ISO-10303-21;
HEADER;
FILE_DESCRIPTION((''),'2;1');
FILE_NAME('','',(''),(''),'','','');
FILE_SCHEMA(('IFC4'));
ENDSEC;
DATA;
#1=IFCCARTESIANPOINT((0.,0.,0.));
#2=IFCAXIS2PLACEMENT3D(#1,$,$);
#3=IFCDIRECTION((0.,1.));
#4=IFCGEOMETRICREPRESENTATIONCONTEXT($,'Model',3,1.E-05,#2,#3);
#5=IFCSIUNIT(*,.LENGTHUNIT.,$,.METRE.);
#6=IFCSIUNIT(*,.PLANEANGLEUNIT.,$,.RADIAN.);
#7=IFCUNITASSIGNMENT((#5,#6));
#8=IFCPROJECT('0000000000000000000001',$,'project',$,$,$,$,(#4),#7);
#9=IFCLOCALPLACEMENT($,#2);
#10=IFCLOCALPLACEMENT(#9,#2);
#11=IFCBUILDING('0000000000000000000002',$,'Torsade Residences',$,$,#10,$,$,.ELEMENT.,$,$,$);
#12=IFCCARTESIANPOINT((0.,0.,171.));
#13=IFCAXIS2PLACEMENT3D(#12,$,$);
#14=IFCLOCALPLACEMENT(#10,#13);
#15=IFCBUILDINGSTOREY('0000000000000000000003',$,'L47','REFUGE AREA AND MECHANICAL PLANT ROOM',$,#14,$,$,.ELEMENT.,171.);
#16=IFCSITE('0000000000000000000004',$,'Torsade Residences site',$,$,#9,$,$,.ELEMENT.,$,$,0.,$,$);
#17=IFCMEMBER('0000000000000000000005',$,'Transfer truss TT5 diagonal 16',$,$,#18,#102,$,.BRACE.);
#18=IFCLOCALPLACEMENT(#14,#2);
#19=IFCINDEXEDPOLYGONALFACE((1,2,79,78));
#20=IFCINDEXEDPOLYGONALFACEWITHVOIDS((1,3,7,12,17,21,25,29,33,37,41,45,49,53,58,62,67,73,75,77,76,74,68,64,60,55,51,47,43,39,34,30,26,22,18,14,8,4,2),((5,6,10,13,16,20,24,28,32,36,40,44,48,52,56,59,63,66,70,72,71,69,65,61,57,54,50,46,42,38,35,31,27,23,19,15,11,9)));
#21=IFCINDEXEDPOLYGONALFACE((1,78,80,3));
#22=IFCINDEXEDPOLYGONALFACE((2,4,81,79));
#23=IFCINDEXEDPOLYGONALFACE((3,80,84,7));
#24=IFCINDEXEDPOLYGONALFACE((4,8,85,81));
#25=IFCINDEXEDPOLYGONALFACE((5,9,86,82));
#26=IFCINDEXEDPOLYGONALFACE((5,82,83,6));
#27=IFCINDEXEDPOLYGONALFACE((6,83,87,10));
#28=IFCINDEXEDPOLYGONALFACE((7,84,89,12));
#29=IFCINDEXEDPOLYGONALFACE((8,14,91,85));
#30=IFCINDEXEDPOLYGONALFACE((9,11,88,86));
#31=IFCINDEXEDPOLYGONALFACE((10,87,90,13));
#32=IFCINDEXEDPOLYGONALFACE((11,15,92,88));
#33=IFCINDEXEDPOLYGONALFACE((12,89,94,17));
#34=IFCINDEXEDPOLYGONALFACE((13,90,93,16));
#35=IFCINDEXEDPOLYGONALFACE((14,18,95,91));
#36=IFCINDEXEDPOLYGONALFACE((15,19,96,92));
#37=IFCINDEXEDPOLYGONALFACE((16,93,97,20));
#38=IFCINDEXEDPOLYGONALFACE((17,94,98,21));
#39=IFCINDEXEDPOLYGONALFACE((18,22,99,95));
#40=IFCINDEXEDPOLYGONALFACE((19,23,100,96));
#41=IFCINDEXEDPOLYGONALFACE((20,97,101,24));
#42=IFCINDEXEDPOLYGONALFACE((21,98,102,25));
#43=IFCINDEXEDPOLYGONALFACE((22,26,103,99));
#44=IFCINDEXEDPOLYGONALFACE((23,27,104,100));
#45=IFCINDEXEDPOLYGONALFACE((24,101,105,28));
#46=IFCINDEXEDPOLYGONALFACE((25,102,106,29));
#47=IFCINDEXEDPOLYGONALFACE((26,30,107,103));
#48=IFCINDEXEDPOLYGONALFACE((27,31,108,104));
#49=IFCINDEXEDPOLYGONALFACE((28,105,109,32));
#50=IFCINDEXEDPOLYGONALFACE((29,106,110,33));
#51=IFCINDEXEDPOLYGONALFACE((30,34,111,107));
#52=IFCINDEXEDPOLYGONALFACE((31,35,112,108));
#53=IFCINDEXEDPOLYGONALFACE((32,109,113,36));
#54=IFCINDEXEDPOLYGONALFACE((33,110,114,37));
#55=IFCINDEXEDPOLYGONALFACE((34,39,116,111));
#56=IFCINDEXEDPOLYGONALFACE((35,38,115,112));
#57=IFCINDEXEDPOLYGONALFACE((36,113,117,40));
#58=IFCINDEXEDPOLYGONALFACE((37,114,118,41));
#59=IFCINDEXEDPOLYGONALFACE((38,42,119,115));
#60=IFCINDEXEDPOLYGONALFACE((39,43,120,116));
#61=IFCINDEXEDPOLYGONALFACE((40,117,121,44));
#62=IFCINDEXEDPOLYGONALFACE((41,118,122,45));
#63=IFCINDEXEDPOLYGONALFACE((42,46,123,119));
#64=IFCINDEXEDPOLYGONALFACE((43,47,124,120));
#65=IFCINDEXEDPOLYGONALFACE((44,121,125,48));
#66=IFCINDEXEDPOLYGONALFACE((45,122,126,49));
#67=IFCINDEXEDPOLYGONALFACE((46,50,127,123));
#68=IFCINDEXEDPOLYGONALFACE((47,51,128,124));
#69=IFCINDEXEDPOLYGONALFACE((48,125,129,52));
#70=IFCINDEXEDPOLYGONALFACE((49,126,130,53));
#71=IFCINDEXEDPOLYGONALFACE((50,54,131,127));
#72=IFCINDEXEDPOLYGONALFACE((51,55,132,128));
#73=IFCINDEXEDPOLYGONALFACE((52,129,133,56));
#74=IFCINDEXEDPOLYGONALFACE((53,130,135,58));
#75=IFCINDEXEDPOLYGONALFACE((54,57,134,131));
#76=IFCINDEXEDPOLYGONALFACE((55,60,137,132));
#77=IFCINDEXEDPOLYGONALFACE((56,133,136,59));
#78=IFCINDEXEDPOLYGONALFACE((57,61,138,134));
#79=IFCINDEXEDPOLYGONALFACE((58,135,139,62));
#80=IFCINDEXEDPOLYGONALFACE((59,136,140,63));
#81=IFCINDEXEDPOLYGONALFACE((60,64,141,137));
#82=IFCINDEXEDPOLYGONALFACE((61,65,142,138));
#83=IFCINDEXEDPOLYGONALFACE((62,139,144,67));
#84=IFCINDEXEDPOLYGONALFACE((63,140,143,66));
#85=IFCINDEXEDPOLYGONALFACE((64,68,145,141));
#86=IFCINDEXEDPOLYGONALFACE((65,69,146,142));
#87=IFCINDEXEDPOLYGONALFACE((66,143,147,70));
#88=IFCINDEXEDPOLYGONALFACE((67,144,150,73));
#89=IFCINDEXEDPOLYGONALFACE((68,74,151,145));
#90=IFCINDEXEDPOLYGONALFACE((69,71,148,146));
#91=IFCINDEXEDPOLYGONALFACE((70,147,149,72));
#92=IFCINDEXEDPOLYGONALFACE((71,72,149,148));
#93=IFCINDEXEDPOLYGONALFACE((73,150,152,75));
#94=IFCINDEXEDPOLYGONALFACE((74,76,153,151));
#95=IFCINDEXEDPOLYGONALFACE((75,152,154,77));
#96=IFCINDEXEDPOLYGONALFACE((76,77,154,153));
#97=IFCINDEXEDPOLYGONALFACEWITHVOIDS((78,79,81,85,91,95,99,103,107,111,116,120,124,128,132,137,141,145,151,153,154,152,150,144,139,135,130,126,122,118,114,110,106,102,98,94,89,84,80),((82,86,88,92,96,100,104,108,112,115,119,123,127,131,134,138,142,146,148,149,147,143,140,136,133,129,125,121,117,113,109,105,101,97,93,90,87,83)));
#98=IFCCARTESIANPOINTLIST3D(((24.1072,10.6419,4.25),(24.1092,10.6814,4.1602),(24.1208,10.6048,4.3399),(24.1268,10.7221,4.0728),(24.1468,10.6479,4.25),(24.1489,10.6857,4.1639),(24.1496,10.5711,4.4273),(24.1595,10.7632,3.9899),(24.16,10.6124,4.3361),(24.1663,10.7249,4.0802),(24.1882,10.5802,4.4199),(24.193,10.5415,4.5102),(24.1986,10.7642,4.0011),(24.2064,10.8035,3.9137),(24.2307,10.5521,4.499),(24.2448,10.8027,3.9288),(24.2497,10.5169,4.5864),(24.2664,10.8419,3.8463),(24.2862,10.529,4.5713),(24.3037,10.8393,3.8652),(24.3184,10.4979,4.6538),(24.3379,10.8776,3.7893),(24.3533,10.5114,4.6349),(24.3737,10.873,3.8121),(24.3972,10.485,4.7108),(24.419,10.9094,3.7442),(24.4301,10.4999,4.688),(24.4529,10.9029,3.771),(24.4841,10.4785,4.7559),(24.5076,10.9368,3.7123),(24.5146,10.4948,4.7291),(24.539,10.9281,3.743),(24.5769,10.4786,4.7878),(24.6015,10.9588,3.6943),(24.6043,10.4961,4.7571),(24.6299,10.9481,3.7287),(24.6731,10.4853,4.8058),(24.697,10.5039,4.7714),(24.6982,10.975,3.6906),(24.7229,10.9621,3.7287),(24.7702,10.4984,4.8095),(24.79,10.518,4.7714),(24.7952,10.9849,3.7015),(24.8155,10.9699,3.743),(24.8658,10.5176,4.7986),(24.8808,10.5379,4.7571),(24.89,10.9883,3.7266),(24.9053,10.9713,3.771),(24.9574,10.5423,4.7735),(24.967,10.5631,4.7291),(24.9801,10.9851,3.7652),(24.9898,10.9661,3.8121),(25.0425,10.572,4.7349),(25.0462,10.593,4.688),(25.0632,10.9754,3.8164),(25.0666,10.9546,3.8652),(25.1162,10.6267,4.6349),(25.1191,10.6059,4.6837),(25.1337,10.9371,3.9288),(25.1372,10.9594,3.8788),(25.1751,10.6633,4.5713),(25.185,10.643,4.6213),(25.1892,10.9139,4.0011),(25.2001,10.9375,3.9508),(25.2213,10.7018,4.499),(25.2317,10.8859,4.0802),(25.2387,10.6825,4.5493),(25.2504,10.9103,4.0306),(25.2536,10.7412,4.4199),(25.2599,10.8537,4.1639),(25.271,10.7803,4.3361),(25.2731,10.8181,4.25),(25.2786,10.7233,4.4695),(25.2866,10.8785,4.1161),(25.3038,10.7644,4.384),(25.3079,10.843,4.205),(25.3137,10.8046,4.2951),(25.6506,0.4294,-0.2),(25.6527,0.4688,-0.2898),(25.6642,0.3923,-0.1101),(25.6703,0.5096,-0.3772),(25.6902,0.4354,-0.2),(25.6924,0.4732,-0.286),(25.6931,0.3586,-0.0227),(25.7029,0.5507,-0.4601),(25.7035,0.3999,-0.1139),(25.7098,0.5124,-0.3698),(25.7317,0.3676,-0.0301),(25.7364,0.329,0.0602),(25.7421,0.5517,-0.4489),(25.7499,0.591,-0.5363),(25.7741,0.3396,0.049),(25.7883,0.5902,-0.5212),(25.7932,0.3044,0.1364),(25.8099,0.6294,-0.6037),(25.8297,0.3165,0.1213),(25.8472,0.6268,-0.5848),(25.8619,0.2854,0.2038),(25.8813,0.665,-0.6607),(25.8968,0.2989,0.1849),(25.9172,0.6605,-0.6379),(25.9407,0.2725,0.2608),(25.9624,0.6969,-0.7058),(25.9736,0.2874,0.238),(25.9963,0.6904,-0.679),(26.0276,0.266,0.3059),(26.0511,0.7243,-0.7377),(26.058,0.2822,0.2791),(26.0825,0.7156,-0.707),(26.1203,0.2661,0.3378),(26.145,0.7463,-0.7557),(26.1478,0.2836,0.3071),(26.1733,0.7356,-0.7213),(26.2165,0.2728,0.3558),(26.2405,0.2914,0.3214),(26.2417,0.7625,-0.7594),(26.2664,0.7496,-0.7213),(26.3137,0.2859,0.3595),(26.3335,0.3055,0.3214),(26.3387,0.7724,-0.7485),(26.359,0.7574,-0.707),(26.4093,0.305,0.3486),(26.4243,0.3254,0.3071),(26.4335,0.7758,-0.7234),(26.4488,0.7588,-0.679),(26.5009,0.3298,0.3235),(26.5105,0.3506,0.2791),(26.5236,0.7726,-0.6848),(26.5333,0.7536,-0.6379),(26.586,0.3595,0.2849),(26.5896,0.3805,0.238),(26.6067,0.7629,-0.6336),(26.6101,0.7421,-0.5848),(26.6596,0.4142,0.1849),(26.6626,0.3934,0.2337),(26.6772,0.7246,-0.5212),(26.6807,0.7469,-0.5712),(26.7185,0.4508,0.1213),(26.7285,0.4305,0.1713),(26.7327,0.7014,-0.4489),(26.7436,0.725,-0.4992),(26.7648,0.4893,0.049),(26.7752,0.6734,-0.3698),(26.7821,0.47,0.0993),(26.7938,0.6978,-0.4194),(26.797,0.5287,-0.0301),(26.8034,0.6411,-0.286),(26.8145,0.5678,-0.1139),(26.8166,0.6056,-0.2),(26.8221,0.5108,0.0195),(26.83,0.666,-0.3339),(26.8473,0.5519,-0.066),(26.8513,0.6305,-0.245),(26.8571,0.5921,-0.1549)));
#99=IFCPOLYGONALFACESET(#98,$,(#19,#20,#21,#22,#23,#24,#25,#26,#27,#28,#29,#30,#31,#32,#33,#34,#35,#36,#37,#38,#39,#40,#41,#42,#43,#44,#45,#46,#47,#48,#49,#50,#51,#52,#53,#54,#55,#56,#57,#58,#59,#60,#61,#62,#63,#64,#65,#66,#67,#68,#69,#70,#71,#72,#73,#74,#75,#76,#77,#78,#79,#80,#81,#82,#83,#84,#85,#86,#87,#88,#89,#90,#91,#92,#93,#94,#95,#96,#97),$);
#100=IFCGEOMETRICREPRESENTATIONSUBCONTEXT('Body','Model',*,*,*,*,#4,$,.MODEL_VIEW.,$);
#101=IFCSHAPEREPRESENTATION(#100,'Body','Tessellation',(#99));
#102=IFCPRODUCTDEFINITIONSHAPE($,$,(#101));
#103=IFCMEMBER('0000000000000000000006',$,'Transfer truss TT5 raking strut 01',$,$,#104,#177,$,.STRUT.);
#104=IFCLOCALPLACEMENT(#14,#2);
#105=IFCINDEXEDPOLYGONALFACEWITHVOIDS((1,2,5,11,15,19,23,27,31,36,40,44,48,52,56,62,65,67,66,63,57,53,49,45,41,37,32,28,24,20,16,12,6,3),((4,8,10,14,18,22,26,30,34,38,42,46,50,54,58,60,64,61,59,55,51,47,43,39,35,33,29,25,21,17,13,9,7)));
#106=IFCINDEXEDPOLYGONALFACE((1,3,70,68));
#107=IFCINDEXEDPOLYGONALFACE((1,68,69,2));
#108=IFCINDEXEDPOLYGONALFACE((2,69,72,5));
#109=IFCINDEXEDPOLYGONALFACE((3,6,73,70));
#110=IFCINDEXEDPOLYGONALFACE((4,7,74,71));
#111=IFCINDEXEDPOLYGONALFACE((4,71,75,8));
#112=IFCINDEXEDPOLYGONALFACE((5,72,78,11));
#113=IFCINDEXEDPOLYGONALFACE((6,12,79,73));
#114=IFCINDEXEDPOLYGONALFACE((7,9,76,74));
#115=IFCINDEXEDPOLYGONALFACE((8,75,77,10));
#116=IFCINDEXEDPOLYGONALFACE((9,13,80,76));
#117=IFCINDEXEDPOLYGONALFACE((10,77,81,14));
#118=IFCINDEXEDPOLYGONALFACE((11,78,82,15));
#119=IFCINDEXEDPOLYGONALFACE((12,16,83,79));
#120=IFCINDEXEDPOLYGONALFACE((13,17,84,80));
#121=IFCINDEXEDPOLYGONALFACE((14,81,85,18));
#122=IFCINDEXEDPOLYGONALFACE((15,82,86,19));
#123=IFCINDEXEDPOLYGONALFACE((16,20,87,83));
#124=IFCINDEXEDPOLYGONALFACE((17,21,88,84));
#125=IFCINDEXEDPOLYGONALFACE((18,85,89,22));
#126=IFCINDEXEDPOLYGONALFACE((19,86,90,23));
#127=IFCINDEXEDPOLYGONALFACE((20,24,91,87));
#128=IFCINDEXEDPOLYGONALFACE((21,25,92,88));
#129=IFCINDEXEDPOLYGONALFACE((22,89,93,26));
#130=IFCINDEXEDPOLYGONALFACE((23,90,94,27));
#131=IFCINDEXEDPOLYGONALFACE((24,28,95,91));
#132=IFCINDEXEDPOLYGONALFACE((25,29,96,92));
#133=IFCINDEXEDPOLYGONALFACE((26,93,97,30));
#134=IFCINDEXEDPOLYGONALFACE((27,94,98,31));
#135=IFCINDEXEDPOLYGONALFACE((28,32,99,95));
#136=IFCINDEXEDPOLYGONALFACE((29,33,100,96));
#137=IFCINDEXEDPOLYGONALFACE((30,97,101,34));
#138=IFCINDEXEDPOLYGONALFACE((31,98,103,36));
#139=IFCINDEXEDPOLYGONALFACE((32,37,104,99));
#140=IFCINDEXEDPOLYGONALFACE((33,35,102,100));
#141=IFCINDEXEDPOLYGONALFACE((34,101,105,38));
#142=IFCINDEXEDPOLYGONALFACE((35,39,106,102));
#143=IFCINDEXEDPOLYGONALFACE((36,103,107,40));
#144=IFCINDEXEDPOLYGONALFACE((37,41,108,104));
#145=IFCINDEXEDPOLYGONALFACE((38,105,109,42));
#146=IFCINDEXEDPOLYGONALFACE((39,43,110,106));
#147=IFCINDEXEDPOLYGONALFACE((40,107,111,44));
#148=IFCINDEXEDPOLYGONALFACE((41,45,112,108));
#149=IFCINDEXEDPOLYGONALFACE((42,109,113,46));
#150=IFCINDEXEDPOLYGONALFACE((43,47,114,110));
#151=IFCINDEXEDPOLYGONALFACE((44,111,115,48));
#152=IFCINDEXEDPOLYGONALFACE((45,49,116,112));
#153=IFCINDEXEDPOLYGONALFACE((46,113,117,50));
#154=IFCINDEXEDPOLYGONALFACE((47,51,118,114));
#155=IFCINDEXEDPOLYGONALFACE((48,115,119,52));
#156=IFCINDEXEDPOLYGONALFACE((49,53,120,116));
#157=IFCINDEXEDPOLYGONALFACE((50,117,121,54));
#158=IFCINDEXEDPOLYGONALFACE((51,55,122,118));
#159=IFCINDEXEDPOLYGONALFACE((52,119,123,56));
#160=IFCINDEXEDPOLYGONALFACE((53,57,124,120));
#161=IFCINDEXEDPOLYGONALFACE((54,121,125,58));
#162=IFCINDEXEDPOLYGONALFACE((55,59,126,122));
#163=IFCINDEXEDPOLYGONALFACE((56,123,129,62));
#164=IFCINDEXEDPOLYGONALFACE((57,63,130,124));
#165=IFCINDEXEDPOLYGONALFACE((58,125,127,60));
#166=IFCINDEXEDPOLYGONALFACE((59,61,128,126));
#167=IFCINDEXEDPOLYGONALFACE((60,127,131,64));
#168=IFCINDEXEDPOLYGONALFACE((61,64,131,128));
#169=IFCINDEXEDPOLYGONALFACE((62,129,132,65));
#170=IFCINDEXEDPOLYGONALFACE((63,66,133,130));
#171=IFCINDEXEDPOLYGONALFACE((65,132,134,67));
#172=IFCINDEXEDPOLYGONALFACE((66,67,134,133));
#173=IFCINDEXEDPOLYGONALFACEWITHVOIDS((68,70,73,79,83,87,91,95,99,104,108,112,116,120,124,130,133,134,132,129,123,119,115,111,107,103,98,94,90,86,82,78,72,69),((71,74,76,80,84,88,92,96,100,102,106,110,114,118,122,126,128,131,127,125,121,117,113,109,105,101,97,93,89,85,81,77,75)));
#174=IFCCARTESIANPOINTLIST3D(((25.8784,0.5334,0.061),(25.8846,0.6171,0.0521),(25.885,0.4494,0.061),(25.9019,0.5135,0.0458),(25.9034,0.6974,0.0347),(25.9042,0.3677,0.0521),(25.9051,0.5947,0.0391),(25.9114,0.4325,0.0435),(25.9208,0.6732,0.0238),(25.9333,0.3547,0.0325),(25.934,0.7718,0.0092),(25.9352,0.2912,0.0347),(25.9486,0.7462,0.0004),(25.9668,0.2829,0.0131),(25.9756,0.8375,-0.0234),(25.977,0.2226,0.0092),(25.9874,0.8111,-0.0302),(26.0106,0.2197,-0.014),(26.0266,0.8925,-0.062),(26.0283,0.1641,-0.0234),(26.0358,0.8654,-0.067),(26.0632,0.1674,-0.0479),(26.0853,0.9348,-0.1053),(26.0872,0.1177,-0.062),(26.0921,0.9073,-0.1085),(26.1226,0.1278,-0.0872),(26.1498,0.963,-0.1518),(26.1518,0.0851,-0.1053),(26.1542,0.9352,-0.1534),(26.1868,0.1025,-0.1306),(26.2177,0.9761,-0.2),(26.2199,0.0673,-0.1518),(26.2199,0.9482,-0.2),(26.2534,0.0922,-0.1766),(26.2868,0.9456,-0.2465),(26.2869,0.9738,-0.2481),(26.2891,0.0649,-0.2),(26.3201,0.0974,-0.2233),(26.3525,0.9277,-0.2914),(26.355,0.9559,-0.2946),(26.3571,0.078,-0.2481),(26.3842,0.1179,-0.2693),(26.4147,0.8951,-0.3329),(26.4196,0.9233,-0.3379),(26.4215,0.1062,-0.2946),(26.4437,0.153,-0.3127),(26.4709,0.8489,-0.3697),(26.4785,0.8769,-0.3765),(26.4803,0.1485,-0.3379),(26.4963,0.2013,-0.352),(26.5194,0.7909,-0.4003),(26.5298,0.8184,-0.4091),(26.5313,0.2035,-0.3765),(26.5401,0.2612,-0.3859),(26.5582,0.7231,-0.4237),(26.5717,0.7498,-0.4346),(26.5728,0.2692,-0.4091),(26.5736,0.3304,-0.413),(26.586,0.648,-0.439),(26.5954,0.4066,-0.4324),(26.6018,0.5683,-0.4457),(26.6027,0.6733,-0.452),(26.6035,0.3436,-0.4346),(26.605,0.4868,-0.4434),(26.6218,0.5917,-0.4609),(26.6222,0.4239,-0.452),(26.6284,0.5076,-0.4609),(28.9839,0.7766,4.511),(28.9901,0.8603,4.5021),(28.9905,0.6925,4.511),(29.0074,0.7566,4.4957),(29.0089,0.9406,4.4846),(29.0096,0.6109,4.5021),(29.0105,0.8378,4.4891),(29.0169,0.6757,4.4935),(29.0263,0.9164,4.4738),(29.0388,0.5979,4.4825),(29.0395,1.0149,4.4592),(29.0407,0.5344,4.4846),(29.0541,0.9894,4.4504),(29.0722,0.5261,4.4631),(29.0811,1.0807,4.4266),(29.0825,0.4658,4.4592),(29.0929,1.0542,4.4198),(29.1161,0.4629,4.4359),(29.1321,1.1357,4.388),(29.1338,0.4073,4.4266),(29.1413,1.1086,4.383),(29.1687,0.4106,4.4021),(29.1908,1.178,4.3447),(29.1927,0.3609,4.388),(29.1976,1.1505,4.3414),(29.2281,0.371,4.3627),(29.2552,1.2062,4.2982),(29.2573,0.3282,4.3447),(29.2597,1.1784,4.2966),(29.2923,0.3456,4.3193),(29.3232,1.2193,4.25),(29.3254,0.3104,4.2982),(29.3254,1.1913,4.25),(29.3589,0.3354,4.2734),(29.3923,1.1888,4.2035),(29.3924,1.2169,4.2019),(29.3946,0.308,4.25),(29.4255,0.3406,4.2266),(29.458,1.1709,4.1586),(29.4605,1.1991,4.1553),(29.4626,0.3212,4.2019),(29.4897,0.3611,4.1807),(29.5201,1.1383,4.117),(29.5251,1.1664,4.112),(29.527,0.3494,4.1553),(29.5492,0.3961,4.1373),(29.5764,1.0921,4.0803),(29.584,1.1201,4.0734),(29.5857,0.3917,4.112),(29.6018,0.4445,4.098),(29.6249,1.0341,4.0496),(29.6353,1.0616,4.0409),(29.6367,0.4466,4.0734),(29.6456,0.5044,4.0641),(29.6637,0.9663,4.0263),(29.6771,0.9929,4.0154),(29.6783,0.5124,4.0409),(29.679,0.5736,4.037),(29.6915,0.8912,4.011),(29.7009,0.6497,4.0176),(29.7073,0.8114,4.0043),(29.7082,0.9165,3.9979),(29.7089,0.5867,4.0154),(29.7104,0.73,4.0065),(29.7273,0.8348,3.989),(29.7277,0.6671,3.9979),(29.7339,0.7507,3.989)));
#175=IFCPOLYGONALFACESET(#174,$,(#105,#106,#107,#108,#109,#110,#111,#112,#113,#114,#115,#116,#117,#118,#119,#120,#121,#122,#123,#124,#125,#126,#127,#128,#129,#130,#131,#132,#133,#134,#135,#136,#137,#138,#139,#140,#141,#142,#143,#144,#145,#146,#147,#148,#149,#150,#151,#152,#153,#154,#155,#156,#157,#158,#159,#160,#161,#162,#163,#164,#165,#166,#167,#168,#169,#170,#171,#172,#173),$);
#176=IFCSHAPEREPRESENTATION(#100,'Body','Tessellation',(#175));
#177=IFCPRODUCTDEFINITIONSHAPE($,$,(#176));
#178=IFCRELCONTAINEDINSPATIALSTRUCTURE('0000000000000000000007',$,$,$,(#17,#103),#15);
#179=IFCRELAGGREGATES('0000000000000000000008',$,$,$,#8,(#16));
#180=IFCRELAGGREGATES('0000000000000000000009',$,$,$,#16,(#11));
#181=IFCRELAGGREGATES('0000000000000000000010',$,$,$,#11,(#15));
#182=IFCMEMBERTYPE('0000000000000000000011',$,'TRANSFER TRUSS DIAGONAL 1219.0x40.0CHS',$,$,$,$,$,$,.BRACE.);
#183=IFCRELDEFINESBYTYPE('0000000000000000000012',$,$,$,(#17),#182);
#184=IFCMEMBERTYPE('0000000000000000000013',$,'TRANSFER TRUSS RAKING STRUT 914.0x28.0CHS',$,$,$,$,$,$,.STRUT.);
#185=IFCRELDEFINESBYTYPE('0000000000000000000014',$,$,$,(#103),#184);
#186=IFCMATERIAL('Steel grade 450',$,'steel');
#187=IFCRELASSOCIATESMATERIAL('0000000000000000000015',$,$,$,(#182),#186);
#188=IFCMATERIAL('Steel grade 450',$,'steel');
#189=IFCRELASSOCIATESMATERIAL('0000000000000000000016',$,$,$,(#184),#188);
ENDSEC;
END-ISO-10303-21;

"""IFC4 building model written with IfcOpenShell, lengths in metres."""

from ifc_helpers import new_model, si_unit, direction, frame, origin, origin_2d, place, context, subcontext, project, spatial, hollow_circle, extrude, material, material_profile, profile_set, type_object, element, save


model = new_model("IFC4")

# Units and contexts
model_context = context("Model", 3, precision=1e-05, world=origin(), true_north=direction((0.0, 1.0)))
body_context = subcontext(model_context, "Body", "Model", "MODEL_VIEW")
ifc_project = project(units=[si_unit("LENGTHUNIT", "METRE"), si_unit("PLANEANGLEUNIT", "RADIAN")], contexts=[model_context])

# Site, building, storey
site_placement = place(None, origin())
site = spatial("IfcSite", under=ifc_project, at=site_placement, Name="Torsade Residences site", CompositionType="ELEMENT", RefElevation=0.0)
building_placement = place(site_placement, origin())
building = spatial("IfcBuilding", under=site, at=building_placement, Name="Torsade Residences", CompositionType="ELEMENT")
storey_placement = place(building_placement, frame((0.0, 0.0, 171.0)))
storey = spatial("IfcBuildingStorey", under=building, at=storey_placement, Name="L47", Description="REFUGE AREA AND MECHANICAL PLANT ROOM", CompositionType="ELEMENT", Elevation=171.0)

# Members
ifc_material_1 = material(Name="Steel grade 450", Category="steel")
ifc_material_profile_1 = material_profile(ifc_material_1, hollow_circle(Radius=0.6096, WallThickness=0.04, at=origin_2d()), Name="1219.0x40.0CHS")
ifc_profile_set_1 = profile_set([ifc_material_profile_1], Name="Steel grade 450")
member_type_1 = type_object("IfcMemberType", Name="TRANSFER TRUSS DIAGONAL 1219.0x40.0CHS", PredefinedType="BRACE", material=ifc_profile_set_1)
member_1_placement = place(storey_placement, frame((26.2534, 0.5205, -0.2), z_axis=(-0.137242, 0.908074, 0.395684), x_axis=(-0.988771, -0.149438, 0.0)))
element("IfcMember", 1, at=member_1_placement, inside=storey, type_object=member_type_1, Name="Transfer truss TT5 diagonal 16", PredefinedType="BRACE", context=body_context, shape_type="SweptSolid", body=[
    extrude(hollow_circle(Radius=0.6096, WallThickness=0.04, at=origin_2d()), origin(), (0.0, 0.0, 1.0), 11.2463),
])
ifc_material_2 = material(Name="Steel grade 450", Category="steel")
ifc_material_profile_2 = material_profile(ifc_material_2, hollow_circle(Radius=0.457, WallThickness=0.0281, at=origin_2d()), Name="914.0x28.0CHS")
ifc_profile_set_2 = profile_set([ifc_material_profile_2], Name="Steel grade 450")
member_type_2 = type_object("IfcMemberType", Name="TRANSFER TRUSS RAKING STRUT 914.0x28.0CHS", PredefinedType="STRUT", material=ifc_profile_set_2)
member_2_placement = place(storey_placement, frame((26.2534, 0.5205, -0.2), z_axis=(0.571713, 0.044766, 0.819231), x_axis=(-0.078063, 0.996948, 0.0)))
element("IfcMember", 2, at=member_2_placement, inside=storey, type_object=member_type_2, Name="Transfer truss TT5 raking strut 01", PredefinedType="STRUT", context=body_context, shape_type="SweptSolid", body=[
    extrude(hollow_circle(Radius=0.457, WallThickness=0.0281, at=origin_2d()), origin(), (0.0, 0.0, 1.0), 5.4319),
])

save(model, "model.ifc")
